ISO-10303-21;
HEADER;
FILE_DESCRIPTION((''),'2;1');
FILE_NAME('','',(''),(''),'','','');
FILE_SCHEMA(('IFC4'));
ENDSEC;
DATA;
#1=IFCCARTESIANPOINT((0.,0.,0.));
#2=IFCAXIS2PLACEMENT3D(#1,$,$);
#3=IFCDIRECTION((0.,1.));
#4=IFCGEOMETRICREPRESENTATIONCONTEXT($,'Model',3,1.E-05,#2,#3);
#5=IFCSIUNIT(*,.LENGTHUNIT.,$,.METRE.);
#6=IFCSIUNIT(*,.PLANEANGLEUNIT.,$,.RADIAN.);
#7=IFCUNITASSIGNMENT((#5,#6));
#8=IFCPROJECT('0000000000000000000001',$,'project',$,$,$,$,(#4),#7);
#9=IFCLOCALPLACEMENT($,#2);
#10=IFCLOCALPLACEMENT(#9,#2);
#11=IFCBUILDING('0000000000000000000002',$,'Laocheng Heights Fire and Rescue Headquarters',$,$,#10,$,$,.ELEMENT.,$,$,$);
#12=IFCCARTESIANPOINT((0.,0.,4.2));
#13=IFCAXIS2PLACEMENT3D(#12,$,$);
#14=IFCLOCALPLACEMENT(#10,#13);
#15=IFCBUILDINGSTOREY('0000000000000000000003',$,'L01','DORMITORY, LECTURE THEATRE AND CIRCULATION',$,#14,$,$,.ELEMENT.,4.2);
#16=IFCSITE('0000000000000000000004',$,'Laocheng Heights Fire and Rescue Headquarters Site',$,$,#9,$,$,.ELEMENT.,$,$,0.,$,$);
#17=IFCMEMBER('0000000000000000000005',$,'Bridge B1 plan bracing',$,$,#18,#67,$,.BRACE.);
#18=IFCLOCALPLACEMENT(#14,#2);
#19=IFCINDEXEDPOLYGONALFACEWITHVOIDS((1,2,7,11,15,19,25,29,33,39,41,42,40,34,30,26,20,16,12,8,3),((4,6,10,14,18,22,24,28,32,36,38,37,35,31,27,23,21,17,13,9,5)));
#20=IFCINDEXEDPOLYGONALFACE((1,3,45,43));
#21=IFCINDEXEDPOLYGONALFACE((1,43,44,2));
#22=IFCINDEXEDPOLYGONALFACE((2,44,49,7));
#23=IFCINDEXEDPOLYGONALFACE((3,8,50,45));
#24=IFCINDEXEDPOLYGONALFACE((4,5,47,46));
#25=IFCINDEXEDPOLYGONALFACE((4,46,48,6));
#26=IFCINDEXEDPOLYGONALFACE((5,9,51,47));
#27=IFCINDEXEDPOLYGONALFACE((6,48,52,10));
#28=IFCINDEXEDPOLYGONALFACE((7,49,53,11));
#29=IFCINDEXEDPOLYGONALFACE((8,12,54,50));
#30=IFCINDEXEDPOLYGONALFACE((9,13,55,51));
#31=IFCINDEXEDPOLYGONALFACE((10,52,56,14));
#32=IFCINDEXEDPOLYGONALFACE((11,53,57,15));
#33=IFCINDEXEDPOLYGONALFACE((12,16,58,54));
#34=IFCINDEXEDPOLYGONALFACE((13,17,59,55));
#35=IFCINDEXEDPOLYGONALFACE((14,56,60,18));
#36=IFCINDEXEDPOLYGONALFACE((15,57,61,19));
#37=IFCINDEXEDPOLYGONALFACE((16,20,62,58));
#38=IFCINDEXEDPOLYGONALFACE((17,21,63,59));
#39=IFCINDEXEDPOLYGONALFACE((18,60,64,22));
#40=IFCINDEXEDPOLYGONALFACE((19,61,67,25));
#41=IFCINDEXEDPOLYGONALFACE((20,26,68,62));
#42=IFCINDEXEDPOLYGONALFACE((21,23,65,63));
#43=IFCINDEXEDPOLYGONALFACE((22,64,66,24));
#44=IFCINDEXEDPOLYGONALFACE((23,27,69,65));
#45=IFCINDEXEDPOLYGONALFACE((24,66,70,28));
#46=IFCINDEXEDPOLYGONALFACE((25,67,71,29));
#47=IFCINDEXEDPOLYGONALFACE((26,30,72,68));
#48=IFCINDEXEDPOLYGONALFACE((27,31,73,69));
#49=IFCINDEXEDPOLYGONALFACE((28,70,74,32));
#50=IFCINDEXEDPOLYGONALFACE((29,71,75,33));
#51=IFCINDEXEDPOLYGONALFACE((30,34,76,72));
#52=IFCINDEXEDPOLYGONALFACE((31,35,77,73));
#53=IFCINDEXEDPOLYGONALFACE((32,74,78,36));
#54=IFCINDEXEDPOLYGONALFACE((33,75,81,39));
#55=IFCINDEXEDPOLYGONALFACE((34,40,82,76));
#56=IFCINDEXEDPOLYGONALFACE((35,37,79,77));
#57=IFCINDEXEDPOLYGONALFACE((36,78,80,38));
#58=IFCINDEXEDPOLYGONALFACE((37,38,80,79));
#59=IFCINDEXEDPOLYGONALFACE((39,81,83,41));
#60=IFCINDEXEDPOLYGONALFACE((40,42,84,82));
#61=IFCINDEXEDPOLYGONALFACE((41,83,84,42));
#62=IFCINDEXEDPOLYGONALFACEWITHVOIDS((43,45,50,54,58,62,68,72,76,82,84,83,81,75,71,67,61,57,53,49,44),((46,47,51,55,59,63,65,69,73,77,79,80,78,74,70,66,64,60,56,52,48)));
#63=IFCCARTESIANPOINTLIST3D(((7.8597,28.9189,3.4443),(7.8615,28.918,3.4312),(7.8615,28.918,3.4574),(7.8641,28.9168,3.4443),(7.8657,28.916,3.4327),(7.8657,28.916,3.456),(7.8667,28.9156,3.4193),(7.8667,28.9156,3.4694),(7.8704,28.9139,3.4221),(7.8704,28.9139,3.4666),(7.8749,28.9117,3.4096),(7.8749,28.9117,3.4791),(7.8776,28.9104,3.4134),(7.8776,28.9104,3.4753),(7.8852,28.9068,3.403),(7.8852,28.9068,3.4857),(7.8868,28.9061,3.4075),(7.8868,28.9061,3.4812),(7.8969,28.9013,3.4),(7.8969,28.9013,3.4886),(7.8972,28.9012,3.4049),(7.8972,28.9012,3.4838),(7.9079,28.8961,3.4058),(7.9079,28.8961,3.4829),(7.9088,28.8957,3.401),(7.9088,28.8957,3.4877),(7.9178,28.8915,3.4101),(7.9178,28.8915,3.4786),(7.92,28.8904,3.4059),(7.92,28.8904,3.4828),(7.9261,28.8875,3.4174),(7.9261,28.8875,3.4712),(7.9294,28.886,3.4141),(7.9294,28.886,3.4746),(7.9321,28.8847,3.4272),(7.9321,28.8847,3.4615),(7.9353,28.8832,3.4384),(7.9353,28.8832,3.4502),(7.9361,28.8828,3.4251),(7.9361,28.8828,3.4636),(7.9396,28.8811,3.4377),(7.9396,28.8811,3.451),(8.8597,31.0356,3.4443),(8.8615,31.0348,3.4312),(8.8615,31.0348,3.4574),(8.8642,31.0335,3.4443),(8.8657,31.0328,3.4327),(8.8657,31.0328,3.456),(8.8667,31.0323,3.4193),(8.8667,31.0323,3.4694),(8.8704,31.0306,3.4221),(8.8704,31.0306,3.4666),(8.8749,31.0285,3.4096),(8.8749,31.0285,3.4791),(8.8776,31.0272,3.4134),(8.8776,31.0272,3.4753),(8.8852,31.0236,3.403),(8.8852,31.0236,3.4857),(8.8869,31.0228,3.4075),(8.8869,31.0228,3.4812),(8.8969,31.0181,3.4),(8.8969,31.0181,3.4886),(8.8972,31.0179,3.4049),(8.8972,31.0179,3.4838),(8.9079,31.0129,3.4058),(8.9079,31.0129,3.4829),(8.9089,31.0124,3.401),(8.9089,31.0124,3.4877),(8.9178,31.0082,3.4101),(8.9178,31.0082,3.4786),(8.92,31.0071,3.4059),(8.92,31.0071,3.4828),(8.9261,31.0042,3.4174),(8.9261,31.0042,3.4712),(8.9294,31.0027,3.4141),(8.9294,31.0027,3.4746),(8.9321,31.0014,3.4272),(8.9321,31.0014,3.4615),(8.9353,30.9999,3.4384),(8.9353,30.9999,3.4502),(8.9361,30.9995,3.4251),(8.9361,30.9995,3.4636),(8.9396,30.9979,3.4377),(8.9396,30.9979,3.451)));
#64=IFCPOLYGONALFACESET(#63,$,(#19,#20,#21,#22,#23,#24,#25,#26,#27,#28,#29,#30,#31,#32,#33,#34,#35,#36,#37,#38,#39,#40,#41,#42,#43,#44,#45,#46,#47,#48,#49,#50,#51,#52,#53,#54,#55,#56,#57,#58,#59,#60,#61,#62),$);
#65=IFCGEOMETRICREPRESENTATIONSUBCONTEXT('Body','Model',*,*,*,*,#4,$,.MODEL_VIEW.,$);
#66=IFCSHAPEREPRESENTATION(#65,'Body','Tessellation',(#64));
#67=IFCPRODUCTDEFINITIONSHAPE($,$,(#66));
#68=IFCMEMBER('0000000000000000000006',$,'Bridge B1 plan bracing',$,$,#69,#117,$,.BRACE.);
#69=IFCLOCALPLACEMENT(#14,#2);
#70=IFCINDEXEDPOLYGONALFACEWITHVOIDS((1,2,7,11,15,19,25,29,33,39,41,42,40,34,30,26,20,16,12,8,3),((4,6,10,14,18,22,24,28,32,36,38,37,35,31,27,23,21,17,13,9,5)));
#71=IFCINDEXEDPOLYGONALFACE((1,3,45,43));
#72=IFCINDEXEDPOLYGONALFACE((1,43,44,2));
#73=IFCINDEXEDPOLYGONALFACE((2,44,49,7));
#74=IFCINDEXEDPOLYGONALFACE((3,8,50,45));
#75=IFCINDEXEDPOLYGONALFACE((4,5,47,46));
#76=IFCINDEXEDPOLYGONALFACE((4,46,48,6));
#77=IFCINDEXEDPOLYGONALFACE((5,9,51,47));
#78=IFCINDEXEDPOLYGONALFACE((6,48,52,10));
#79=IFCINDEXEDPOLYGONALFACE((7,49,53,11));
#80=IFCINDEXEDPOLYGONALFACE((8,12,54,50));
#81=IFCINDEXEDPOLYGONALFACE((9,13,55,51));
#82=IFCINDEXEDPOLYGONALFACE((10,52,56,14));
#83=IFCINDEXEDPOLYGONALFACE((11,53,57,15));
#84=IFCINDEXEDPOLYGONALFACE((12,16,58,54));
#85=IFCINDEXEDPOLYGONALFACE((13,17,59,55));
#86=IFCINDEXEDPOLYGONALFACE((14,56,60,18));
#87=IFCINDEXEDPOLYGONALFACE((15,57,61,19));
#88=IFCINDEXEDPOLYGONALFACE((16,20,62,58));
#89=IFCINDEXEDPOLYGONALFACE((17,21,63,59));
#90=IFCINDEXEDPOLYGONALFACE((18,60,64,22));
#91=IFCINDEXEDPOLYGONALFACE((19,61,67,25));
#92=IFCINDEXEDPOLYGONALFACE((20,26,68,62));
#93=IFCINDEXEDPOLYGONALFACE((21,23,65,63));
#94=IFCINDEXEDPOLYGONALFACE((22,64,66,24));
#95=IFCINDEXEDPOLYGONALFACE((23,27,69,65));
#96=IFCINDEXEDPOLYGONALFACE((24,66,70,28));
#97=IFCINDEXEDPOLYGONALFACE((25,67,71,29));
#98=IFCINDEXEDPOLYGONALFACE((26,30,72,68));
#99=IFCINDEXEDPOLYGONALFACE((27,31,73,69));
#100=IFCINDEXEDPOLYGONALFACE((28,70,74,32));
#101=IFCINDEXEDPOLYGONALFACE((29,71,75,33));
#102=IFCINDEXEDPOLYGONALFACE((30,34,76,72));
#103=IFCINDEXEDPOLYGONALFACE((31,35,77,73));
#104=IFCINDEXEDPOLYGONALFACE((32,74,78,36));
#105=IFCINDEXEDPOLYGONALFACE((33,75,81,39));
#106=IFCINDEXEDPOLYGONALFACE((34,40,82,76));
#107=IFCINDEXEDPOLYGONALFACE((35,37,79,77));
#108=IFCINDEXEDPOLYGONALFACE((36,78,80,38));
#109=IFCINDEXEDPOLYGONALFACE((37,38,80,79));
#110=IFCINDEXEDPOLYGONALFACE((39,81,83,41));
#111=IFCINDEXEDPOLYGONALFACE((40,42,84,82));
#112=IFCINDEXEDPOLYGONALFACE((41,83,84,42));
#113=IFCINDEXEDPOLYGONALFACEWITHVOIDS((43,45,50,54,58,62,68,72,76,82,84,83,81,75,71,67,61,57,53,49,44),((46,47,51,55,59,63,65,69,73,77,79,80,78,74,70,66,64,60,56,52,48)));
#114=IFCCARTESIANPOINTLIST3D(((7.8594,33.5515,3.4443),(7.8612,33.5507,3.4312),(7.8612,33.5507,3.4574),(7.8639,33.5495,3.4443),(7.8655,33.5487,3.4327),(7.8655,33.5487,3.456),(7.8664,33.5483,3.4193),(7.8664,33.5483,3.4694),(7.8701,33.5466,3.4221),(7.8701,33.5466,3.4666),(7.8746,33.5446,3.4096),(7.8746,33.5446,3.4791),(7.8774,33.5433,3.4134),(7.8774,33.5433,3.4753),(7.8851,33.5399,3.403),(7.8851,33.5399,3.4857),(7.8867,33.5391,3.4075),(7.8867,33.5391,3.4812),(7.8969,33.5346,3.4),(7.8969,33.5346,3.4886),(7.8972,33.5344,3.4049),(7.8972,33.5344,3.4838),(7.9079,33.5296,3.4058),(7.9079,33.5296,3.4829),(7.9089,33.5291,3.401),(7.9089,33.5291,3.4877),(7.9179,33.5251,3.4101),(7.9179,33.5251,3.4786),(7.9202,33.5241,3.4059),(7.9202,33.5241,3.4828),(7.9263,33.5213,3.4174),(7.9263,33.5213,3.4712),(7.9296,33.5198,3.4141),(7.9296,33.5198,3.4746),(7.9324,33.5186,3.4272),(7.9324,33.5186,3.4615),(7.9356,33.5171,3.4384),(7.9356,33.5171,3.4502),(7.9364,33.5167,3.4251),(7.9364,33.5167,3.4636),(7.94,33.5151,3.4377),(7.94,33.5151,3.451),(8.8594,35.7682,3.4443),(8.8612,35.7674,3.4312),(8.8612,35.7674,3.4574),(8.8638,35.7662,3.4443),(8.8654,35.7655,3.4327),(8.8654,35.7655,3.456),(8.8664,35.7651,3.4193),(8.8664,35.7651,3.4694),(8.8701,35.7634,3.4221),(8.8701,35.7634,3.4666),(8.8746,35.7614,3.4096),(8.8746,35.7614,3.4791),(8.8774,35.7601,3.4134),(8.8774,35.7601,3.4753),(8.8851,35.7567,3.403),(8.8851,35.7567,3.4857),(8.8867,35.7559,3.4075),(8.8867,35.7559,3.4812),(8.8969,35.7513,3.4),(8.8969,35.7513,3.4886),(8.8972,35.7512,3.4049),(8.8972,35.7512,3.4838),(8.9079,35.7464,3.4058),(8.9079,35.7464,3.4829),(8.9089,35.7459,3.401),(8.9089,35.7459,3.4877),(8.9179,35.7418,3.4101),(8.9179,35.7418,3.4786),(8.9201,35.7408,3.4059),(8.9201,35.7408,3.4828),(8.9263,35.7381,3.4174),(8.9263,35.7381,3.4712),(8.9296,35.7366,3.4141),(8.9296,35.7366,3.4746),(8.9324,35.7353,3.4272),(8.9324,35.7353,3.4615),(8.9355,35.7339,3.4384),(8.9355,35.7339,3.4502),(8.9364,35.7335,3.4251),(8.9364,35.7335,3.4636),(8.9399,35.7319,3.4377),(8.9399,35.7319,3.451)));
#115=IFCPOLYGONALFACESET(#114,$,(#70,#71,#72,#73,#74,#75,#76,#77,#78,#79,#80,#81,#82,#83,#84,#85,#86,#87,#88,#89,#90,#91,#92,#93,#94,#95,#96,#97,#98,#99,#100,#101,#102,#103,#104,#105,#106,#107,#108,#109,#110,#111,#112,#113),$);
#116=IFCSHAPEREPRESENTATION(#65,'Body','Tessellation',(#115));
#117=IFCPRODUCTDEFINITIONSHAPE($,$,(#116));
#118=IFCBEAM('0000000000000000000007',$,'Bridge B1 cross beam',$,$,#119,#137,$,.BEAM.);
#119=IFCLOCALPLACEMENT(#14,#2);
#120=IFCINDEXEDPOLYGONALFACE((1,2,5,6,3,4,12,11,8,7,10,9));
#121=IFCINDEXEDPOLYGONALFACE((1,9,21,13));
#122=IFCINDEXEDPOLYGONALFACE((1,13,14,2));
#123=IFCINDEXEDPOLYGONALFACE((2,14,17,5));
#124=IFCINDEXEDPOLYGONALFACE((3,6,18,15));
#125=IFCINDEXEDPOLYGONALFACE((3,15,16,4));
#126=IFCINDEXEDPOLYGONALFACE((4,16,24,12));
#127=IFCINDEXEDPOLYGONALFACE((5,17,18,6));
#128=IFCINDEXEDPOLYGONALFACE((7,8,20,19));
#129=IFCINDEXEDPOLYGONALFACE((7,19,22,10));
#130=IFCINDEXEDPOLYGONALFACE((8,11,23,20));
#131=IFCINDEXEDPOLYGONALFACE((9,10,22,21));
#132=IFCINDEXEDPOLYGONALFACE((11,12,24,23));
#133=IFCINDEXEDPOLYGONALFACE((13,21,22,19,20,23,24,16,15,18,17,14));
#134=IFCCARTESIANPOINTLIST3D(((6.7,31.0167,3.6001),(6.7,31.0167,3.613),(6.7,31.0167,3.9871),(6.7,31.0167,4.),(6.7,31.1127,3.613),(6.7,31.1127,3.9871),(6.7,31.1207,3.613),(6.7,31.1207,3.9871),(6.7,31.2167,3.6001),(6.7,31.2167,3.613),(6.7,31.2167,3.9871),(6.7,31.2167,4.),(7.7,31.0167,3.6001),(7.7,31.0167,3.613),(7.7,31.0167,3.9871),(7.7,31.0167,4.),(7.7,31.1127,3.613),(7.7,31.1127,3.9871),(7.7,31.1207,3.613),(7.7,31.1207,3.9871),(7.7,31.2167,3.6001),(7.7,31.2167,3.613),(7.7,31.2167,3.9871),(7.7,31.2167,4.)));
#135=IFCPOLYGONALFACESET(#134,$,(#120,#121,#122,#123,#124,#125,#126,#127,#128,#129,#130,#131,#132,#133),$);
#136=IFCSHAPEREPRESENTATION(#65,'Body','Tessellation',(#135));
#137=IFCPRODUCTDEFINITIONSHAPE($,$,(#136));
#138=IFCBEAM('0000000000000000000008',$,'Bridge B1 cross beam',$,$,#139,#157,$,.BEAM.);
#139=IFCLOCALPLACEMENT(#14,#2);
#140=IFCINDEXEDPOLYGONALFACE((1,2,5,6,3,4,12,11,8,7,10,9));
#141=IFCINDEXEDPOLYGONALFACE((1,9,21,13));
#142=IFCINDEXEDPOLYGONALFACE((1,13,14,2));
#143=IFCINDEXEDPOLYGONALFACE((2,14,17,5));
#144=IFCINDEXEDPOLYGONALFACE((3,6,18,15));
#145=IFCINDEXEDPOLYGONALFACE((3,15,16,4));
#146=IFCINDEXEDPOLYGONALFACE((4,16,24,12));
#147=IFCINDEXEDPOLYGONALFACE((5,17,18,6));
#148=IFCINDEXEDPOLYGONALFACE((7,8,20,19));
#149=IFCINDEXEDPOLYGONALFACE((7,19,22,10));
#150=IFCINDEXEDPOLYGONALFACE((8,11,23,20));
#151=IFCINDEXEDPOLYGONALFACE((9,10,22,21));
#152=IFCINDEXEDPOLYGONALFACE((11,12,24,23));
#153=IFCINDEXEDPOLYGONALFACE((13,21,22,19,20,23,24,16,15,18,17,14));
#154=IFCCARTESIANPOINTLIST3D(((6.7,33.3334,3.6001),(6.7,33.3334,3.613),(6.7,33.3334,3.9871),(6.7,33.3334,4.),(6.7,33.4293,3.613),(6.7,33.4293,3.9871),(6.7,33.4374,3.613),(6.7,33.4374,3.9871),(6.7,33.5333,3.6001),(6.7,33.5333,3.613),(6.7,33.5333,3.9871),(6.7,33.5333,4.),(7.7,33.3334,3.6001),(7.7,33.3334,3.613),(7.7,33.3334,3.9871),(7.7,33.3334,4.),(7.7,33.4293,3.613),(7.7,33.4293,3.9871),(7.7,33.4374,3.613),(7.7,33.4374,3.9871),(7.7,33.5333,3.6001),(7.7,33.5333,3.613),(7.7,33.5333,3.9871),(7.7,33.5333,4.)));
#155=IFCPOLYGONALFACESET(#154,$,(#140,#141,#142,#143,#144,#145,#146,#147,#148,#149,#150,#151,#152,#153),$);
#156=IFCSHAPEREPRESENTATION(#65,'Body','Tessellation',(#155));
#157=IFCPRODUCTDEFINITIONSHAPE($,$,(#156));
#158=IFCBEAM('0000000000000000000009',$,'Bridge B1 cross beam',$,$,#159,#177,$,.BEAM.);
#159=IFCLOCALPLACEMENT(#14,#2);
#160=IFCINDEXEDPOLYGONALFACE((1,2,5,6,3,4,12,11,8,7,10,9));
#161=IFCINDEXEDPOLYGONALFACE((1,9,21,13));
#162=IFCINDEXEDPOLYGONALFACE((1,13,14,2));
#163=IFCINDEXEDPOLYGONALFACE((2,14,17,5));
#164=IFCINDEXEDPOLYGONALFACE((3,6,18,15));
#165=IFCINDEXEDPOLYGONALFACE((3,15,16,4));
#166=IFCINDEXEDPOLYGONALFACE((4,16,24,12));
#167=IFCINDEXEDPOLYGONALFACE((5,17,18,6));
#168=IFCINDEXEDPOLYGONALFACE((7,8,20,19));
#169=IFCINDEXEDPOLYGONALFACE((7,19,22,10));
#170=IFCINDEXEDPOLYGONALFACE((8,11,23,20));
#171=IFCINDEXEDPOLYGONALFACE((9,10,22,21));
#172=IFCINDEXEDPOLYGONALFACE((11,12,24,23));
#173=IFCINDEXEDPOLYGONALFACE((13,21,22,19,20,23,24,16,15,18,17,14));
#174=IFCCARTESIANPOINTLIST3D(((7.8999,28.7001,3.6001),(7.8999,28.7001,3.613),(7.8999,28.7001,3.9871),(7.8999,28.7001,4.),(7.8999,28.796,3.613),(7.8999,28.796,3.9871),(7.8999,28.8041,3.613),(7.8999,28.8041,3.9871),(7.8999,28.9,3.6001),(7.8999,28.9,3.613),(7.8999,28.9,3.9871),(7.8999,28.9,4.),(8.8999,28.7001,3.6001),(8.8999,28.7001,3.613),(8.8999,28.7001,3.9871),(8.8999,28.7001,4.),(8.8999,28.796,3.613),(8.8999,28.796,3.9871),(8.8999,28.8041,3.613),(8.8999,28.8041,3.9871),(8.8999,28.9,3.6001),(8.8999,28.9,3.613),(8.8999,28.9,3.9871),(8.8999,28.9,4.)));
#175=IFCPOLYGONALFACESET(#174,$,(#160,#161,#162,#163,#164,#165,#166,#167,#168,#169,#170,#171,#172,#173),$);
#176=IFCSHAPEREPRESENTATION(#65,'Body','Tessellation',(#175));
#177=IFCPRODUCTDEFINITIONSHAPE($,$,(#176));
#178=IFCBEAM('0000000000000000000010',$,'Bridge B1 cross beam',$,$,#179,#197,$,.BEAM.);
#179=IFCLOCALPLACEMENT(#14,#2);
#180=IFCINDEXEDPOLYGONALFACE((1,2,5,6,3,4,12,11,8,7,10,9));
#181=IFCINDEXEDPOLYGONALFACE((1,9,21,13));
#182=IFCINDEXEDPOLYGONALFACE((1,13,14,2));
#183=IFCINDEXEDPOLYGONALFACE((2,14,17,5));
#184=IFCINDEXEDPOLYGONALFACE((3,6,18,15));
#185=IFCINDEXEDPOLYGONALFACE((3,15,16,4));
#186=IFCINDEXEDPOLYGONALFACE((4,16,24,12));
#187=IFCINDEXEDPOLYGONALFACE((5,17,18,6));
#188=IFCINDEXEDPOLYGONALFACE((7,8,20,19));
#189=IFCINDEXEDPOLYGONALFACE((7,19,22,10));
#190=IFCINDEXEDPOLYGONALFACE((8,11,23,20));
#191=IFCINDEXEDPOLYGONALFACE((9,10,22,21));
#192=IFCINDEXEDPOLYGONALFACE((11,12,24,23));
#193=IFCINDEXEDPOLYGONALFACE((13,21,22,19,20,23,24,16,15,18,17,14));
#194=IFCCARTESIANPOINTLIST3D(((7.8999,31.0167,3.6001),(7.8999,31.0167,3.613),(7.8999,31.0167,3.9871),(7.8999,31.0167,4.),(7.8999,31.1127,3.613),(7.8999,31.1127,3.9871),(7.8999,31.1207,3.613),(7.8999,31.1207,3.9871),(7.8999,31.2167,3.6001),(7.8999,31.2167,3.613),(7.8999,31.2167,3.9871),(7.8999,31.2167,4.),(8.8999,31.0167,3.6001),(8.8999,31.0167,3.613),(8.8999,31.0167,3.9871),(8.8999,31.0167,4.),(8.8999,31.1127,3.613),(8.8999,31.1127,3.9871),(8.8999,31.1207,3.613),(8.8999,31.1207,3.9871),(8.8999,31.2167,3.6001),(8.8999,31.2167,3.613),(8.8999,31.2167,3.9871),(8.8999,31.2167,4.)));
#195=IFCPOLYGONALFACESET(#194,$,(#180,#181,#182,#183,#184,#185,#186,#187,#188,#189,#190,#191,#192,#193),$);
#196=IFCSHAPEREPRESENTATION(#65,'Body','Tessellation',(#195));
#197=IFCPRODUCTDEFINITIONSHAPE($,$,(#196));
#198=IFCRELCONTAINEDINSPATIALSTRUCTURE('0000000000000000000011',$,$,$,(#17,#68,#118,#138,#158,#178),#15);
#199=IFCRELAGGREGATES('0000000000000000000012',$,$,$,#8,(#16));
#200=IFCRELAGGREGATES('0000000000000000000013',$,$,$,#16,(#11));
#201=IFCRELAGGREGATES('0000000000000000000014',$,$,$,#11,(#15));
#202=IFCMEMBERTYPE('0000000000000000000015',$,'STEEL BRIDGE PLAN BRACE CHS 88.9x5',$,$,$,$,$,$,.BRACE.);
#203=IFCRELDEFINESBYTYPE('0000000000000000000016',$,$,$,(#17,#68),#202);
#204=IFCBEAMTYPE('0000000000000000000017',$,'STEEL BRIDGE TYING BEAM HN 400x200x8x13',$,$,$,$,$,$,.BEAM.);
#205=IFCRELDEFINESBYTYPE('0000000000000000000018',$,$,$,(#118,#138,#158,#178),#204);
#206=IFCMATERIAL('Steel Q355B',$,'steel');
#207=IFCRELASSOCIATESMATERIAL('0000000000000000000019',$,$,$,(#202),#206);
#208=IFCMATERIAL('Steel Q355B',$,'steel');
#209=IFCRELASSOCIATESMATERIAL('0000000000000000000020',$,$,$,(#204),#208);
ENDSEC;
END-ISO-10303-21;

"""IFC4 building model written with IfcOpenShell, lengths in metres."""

from ifc_helpers import new_model, si_unit, direction, frame, origin, origin_2d, place, context, subcontext, project, spatial, hollow_circle, i_section, extrude, material, material_profile, profile_set, type_object, element, save


model = new_model("IFC4")

# Units and contexts
model_context = context("Model", 3, precision=1e-05, world=origin(), true_north=direction((0.0, 1.0)))
body_context = subcontext(model_context, "Body", "Model", "MODEL_VIEW")
ifc_project = project(units=[si_unit("LENGTHUNIT", "METRE"), si_unit("PLANEANGLEUNIT", "RADIAN")], contexts=[model_context])

# Site, building, storey
site_placement = place(None, origin())
site = spatial("IfcSite", under=ifc_project, at=site_placement, Name="Laocheng Heights Fire and Rescue Headquarters Site", CompositionType="ELEMENT", RefElevation=0.0)
building_placement = place(site_placement, origin())
building = spatial("IfcBuilding", under=site, at=building_placement, Name="Laocheng Heights Fire and Rescue Headquarters", CompositionType="ELEMENT")
storey_placement = place(building_placement, frame((0.0, 0.0, 4.2)))
storey = spatial("IfcBuildingStorey", under=building, at=storey_placement, Name="L01", Description="DORMITORY, LECTURE THEATRE AND CIRCULATION", CompositionType="ELEMENT", Elevation=4.2)

# Members
ifc_material_1 = material(Name="Steel Q355B", Category="steel")
ifc_material_profile_1 = material_profile(ifc_material_1, hollow_circle(Radius=0.0444, WallThickness=0.0049, at=origin_2d()), Name="CHS 88.9x5")
ifc_profile_set_1 = profile_set([ifc_material_profile_1], Name="Steel Q355B")
member_type = type_object("IfcMemberType", Name="STEEL BRIDGE PLAN BRACE CHS 88.9x5", PredefinedType="BRACE", material=ifc_profile_set_1)
member_1_placement = place(storey_placement, frame((7.8999, 28.8999, 3.4443), z_axis=(0.427163, 0.904175, 0.0), x_axis=(-0.904175, 0.427163, 0.0)))
element("IfcMember", 1, at=member_1_placement, inside=storey, type_object=member_type, Name="Bridge B1 plan bracing", PredefinedType="BRACE", context=body_context, shape_type="SweptSolid", body=[
    extrude(hollow_circle(Radius=0.0444, WallThickness=0.0049, at=origin_2d()), origin(), (0.0, 0.0, 1.0), 2.3411),
])
member_2_placement = place(storey_placement, frame((7.8999, 33.5332, 3.4443), z_axis=(0.411199, 0.911545, 0.0), x_axis=(-0.911545, 0.411199, 0.0)))
element("IfcMember", 2, at=member_2_placement, inside=storey, type_object=member_type, Name="Bridge B1 plan bracing", PredefinedType="BRACE", context=body_context, shape_type="SweptSolid", body=[
    extrude(hollow_circle(Radius=0.0444, WallThickness=0.0049, at=origin_2d()), origin(), (0.0, 0.0, 1.0), 2.4319),
])

# Beams
ifc_material_2 = material(Name="Steel Q355B", Category="steel")
ifc_material_profile_2 = material_profile(ifc_material_2, i_section(OverallWidth=0.2, OverallDepth=0.3999, WebThickness=0.0081, FlangeThickness=0.0129, at=origin_2d()), Name="HN 400x200x8x13")
ifc_profile_set_2 = profile_set([ifc_material_profile_2], Name="Steel Q355B")
beam_type_1 = type_object("IfcBeamType", Name="STEEL BRIDGE TYING BEAM HN 400x200x8x13", PredefinedType="BEAM", material=ifc_profile_set_2)
for number, where, z_axis, x_axis, name in (
    (3, (6.7, 31.1167, 3.8), (1.0, 0.0, 0.0), (0.0, 1.0, 0.0), "Bridge B1 cross beam"),
    (4, (6.7, 33.4333, 3.8), (1.0, 0.0, 0.0), (0.0, 1.0, 0.0), "Bridge B1 cross beam"),
    (5, (7.8999, 28.8, 3.8), (1.0, 0.0, 0.0), (0.0, 1.0, 0.0), "Bridge B1 cross beam"),
    (6, (7.8999, 31.1167, 3.8), (1.0, 0.0, 0.0), (0.0, 1.0, 0.0), "Bridge B1 cross beam"),
):
    element("IfcBeam", number, at=place(storey_placement, frame(where, z_axis=z_axis, x_axis=x_axis)), inside=storey, type_object=beam_type_1, Name=name, PredefinedType="BEAM", context=body_context, shape_type="SweptSolid", body=[
        extrude(i_section(OverallWidth=0.2, OverallDepth=0.3999, WebThickness=0.0081, FlangeThickness=0.0129, at=origin_2d()), origin(), (0.0, 0.0, 1.0), 1.0),
    ])

save(model, "model.ifc")
